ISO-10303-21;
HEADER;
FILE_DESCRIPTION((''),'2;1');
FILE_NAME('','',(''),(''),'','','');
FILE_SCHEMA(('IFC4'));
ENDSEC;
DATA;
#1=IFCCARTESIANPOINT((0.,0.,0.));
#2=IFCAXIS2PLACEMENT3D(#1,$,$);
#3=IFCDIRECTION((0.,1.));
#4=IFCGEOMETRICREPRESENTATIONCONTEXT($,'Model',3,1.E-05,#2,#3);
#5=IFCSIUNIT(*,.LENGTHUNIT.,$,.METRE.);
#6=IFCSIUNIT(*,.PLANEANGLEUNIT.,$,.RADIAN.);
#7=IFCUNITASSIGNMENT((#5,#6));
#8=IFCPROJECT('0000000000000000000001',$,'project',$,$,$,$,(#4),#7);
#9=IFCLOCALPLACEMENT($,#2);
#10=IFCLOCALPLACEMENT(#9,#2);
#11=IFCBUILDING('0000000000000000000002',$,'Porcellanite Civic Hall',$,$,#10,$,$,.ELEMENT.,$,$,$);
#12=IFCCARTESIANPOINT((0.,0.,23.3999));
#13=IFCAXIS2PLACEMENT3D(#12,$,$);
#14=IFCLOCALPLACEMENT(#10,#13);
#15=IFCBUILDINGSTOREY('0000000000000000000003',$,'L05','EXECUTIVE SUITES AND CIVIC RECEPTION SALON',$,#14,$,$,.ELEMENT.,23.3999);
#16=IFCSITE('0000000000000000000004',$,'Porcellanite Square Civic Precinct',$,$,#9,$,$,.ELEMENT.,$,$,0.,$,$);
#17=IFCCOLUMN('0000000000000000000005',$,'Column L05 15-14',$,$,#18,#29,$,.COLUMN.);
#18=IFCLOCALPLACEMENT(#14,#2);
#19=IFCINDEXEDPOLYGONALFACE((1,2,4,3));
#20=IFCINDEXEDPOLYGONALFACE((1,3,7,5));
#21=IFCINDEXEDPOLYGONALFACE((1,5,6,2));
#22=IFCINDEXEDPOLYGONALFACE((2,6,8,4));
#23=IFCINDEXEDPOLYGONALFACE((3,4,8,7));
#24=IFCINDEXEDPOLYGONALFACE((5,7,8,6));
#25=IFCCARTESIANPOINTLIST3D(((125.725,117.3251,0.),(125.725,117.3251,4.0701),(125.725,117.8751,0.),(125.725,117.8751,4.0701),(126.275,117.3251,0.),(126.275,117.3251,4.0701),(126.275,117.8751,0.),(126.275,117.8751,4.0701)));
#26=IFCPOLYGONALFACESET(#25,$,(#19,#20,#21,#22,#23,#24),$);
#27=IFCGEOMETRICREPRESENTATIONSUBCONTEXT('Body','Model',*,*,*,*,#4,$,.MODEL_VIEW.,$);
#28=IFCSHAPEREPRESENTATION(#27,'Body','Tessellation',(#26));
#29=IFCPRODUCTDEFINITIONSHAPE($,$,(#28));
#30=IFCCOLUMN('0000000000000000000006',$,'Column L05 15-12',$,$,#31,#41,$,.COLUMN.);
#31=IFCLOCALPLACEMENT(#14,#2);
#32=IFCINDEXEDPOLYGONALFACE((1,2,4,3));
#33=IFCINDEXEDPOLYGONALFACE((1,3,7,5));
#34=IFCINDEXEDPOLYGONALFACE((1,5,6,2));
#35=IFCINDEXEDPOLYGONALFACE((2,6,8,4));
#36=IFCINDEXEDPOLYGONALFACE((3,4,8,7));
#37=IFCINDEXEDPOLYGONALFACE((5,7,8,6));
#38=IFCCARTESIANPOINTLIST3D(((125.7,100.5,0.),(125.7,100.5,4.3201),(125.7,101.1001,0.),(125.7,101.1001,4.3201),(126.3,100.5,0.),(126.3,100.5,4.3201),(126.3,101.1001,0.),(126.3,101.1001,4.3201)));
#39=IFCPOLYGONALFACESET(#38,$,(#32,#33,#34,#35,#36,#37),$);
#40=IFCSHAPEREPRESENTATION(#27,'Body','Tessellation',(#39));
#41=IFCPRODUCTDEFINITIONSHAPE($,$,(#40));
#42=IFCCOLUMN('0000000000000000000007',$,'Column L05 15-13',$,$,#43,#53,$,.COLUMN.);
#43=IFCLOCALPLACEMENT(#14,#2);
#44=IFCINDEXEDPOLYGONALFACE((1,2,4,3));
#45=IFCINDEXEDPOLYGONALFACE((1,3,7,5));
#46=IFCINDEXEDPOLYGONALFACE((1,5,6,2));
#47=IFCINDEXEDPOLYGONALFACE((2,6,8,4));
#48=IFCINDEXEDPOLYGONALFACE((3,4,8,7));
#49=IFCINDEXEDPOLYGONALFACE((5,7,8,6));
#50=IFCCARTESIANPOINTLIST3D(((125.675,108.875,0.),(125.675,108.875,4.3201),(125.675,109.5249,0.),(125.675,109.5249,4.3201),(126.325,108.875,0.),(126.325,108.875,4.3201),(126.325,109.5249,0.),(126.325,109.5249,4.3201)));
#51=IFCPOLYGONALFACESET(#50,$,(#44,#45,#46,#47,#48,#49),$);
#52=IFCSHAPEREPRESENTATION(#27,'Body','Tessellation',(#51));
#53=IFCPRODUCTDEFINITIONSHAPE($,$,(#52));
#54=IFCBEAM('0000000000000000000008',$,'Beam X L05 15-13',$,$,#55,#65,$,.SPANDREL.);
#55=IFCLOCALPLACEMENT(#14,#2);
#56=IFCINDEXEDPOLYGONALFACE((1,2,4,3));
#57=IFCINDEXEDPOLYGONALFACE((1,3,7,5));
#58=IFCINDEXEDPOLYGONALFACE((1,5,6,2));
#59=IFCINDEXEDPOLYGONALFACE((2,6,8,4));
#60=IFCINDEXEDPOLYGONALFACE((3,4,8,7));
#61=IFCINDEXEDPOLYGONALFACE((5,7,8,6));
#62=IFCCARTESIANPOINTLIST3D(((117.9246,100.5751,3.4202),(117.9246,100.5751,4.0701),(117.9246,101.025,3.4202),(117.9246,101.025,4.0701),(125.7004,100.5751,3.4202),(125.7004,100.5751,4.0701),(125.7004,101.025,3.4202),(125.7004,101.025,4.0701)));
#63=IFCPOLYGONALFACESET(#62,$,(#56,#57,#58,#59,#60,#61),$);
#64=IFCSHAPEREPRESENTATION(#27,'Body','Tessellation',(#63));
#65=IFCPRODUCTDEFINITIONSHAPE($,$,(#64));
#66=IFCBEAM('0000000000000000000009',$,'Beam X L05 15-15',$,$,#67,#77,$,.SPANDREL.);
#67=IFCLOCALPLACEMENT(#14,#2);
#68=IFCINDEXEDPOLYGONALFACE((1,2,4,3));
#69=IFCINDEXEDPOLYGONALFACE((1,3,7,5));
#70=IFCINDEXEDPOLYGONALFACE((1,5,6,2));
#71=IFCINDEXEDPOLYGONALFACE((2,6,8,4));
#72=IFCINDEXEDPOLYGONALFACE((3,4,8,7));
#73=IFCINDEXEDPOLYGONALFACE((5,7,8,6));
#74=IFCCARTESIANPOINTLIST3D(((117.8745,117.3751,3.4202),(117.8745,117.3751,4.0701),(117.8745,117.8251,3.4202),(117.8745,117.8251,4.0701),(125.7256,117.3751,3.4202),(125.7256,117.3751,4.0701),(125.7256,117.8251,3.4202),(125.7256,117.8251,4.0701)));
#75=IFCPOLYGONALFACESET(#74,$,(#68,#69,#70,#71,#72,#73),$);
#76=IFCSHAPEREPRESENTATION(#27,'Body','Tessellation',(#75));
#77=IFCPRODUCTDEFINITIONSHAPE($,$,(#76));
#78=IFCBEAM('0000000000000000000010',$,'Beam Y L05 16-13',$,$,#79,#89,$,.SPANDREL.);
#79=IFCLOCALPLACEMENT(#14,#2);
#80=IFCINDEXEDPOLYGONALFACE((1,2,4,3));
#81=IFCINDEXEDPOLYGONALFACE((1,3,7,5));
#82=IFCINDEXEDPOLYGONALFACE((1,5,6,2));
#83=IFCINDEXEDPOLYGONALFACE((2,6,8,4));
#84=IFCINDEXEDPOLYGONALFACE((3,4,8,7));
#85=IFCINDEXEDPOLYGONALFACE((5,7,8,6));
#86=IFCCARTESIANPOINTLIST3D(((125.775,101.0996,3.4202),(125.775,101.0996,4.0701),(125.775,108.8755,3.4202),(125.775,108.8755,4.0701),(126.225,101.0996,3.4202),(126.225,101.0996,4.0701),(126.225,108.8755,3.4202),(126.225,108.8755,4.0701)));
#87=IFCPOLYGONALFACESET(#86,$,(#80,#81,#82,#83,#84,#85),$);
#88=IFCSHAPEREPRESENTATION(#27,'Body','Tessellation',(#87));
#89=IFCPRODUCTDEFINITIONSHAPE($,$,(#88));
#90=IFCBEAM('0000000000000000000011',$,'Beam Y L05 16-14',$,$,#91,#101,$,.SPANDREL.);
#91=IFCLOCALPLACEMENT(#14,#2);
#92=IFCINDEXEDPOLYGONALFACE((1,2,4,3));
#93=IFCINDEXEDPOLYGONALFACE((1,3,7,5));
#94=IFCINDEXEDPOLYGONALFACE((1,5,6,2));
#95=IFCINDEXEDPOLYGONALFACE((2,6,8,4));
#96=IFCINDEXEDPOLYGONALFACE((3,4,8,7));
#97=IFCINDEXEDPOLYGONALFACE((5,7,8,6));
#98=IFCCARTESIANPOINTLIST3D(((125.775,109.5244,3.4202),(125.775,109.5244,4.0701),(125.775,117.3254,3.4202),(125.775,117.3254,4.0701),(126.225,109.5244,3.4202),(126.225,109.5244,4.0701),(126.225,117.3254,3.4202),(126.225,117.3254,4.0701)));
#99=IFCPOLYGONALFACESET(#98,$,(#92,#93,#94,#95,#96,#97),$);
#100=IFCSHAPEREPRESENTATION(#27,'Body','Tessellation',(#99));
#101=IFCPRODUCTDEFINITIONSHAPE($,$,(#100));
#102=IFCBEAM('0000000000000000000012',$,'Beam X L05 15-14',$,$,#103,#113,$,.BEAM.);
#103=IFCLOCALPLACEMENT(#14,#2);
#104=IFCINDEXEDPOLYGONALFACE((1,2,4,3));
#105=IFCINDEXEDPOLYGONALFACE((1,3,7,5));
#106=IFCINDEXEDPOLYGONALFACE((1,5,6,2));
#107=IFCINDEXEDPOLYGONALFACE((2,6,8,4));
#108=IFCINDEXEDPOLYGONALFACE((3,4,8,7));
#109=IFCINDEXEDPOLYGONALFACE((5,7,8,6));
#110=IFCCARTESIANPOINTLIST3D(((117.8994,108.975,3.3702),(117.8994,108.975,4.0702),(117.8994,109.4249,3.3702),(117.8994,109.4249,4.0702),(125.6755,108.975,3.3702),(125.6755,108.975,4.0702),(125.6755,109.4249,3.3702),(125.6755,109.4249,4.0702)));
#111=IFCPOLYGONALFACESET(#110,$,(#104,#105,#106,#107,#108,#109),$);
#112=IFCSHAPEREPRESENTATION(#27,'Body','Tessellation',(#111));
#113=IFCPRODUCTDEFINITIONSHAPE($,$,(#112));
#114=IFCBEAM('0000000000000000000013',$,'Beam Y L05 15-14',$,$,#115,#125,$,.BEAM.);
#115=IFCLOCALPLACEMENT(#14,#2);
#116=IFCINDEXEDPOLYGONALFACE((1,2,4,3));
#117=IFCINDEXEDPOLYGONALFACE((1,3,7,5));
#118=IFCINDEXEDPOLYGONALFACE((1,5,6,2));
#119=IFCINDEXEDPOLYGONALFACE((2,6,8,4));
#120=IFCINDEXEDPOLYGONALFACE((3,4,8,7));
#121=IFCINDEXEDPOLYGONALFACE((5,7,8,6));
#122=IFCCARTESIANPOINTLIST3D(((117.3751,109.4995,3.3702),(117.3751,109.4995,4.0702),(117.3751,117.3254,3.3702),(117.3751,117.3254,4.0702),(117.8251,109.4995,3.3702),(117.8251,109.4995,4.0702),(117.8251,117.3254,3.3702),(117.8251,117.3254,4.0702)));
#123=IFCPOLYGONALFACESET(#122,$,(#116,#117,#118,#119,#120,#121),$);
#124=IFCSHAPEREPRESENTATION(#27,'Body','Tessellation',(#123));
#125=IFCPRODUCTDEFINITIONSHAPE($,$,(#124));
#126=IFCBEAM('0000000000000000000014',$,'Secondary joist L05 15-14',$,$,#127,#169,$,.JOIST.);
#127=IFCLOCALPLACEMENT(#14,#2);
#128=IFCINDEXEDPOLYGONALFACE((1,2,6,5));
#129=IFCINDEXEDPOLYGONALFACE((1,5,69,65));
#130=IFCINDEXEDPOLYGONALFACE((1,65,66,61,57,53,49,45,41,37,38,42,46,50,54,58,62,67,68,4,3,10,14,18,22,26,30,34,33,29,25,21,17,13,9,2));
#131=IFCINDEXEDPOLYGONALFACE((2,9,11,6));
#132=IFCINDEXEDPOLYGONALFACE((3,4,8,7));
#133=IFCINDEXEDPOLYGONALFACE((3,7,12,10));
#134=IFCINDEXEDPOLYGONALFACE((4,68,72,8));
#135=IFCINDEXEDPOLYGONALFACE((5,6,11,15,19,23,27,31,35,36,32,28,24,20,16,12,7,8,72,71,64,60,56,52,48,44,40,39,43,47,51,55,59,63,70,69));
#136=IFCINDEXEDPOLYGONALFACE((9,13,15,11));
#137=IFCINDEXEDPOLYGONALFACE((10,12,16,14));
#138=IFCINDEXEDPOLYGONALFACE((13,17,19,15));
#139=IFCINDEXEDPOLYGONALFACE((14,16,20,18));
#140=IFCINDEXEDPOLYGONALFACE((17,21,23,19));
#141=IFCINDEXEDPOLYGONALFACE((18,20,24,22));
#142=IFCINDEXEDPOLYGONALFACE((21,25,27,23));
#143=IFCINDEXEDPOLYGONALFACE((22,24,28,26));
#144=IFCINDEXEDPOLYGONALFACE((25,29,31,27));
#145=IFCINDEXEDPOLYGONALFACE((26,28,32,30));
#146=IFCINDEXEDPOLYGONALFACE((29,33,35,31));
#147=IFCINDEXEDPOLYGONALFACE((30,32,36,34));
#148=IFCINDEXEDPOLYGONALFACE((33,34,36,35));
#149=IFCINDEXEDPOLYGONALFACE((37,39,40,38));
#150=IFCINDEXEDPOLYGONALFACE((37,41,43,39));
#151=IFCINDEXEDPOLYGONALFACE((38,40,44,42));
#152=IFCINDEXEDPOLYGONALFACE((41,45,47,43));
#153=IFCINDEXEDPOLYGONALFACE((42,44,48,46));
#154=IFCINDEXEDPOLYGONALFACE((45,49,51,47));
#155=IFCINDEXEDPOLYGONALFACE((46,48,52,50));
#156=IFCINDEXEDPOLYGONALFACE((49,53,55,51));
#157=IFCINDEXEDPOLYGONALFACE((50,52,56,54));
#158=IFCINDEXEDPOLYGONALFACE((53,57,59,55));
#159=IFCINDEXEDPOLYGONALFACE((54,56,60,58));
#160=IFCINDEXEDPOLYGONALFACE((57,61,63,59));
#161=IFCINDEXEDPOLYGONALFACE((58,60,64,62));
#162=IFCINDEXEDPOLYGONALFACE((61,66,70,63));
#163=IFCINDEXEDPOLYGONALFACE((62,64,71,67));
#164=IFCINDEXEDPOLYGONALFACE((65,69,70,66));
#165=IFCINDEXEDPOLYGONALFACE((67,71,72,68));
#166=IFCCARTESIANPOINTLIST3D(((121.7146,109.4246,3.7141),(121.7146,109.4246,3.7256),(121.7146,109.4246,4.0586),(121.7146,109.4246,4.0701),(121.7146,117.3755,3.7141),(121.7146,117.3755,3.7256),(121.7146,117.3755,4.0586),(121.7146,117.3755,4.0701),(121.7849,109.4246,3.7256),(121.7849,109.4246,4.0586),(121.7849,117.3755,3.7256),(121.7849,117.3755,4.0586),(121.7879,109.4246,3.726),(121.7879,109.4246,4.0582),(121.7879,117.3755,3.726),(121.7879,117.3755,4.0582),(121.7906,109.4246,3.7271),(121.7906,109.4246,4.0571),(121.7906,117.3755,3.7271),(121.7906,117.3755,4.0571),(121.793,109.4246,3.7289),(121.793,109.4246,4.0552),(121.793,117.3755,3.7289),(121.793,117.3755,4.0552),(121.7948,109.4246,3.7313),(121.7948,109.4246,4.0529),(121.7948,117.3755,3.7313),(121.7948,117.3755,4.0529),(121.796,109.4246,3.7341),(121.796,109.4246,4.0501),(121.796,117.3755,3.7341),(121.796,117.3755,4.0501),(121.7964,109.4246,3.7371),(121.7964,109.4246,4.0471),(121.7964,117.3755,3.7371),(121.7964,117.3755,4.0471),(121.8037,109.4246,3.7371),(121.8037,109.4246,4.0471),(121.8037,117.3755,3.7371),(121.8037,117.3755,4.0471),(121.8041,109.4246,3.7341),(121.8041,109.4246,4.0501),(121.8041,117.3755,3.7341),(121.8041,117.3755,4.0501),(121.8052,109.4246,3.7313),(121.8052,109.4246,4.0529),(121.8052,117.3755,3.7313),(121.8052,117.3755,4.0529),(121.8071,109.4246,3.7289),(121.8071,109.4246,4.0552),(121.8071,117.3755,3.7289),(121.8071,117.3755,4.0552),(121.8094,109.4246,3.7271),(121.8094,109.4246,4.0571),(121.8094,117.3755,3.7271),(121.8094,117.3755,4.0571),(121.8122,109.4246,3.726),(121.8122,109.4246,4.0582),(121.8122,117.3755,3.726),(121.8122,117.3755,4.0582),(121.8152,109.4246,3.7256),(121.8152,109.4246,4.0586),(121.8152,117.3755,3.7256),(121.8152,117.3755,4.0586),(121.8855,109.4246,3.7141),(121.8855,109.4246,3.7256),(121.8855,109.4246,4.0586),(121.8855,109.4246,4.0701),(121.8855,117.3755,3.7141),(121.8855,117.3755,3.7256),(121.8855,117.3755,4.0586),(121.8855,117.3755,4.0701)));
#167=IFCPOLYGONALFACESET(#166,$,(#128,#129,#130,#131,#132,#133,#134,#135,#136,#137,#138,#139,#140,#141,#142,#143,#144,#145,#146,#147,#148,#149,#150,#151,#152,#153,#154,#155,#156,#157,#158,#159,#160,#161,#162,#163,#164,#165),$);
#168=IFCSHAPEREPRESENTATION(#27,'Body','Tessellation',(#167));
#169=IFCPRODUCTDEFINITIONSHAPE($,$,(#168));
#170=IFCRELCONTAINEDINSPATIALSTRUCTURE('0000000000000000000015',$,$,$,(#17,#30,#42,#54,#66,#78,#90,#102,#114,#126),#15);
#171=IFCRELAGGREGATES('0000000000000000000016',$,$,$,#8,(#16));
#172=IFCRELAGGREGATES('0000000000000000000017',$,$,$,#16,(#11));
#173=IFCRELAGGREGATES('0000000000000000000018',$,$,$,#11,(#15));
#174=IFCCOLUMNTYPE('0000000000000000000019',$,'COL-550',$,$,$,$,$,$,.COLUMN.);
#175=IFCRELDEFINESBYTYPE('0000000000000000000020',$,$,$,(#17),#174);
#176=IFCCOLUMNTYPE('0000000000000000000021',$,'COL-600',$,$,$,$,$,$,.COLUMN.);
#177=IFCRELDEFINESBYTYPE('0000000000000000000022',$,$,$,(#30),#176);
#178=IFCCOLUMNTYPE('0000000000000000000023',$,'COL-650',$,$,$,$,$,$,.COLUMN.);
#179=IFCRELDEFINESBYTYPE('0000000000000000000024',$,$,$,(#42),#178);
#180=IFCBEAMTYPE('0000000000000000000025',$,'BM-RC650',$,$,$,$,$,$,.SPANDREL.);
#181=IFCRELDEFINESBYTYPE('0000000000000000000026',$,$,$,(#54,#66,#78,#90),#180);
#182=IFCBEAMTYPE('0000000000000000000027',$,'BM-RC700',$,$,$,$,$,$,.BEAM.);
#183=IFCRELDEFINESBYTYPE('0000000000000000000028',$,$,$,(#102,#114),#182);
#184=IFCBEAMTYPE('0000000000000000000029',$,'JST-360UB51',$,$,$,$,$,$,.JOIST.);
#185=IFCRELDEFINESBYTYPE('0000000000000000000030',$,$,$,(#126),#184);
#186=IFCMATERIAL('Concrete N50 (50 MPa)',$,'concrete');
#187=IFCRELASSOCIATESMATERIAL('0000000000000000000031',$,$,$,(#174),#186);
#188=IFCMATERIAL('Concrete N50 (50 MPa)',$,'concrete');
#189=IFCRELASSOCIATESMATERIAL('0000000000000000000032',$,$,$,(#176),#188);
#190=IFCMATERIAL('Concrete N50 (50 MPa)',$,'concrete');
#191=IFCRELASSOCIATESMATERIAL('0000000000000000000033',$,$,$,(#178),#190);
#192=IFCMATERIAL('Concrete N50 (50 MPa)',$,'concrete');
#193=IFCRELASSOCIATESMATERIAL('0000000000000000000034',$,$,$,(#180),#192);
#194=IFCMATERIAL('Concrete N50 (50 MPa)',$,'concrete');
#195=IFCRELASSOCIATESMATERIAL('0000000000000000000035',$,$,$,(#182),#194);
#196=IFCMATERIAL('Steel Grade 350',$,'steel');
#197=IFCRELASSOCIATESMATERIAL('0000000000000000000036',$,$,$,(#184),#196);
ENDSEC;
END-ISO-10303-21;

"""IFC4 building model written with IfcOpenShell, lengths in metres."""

from ifc_helpers import new_model, si_unit, direction, frame, origin, origin_2d, place, context, subcontext, project, spatial, rectangle, i_section, extrude, material, material_profile, profile_set, type_object, element, save


model = new_model("IFC4")

# Units and contexts
model_context = context("Model", 3, precision=1e-05, world=origin(), true_north=direction((0.0, 1.0)))
body_context = subcontext(model_context, "Body", "Model", "MODEL_VIEW")
ifc_project = project(units=[si_unit("LENGTHUNIT", "METRE"), si_unit("PLANEANGLEUNIT", "RADIAN")], contexts=[model_context])

# Site, building, storey
site_placement = place(None, origin())
site = spatial("IfcSite", under=ifc_project, at=site_placement, Name="Porcellanite Square Civic Precinct", CompositionType="ELEMENT", RefElevation=0.0)
building_placement = place(site_placement, origin())
building = spatial("IfcBuilding", under=site, at=building_placement, Name="Porcellanite Civic Hall", CompositionType="ELEMENT")
storey_placement = place(building_placement, frame((0.0, 0.0, 23.3999)))
storey = spatial("IfcBuildingStorey", under=building, at=storey_placement, Name="L05", Description="EXECUTIVE SUITES AND CIVIC RECEPTION SALON", CompositionType="ELEMENT", Elevation=23.3999)

# Columns
ifc_material_1 = material(Name="Concrete N50 (50 MPa)", Category="concrete")
ifc_material_profile_1 = material_profile(ifc_material_1, rectangle(XDim=0.55, YDim=0.55, at=origin_2d()), Name="RC-550x550")
ifc_profile_set_1 = profile_set([ifc_material_profile_1], Name="Concrete N50 (50 MPa)")
column_type_1 = type_object("IfcColumnType", Name="COL-550", PredefinedType="COLUMN", material=ifc_profile_set_1)
column_1_placement = place(storey_placement, frame((126.0, 117.6001, 0.0), z_axis=(0.0, 0.0, 1.0), x_axis=(1.0, 0.0, 0.0)))
element("IfcColumn", 1, at=column_1_placement, inside=storey, type_object=column_type_1, Name="Column L05 15-14", PredefinedType="COLUMN", context=body_context, shape_type="SweptSolid", body=[
    extrude(rectangle(XDim=0.55, YDim=0.55, at=origin_2d()), origin(), (0.0, 0.0, 1.0), 4.0701),
])
ifc_material_2 = material(Name="Concrete N50 (50 MPa)", Category="concrete")
ifc_material_profile_2 = material_profile(ifc_material_2, rectangle(XDim=0.6001, YDim=0.6001, at=origin_2d()), Name="RC-600x600")
ifc_profile_set_2 = profile_set([ifc_material_profile_2], Name="Concrete N50 (50 MPa)")
column_type_2 = type_object("IfcColumnType", Name="COL-600", PredefinedType="COLUMN", material=ifc_profile_set_2)
column_2_placement = place(storey_placement, frame((126.0, 100.8, 0.0), z_axis=(0.0, 0.0, 1.0), x_axis=(1.0, 0.0, 0.0)))
element("IfcColumn", 2, at=column_2_placement, inside=storey, type_object=column_type_2, Name="Column L05 15-12", PredefinedType="COLUMN", context=body_context, shape_type="SweptSolid", body=[
    extrude(rectangle(XDim=0.6001, YDim=0.6001, at=origin_2d()), origin(), (0.0, 0.0, 1.0), 4.3201),
])
ifc_material_3 = material(Name="Concrete N50 (50 MPa)", Category="concrete")
ifc_material_profile_3 = material_profile(ifc_material_3, rectangle(XDim=0.6499, YDim=0.6499, at=origin_2d()), Name="RC-650x650")
ifc_profile_set_3 = profile_set([ifc_material_profile_3], Name="Concrete N50 (50 MPa)")
column_type_3 = type_object("IfcColumnType", Name="COL-650", PredefinedType="COLUMN", material=ifc_profile_set_3)
column_3_placement = place(storey_placement, frame((126.0, 109.2, 0.0), z_axis=(0.0, 0.0, 1.0), x_axis=(1.0, 0.0, 0.0)))
element("IfcColumn", 3, at=column_3_placement, inside=storey, type_object=column_type_3, Name="Column L05 15-13", PredefinedType="COLUMN", context=body_context, shape_type="SweptSolid", body=[
    extrude(rectangle(XDim=0.6499, YDim=0.6499, at=origin_2d()), origin(), (0.0, 0.0, 1.0), 4.3201),
])

# Beams
ifc_material_4 = material(Name="Concrete N50 (50 MPa)", Category="concrete")
ifc_material_profile_4 = material_profile(ifc_material_4, rectangle(XDim=0.45, YDim=0.6499, at=origin_2d()), Name="RC-450x650")
ifc_profile_set_4 = profile_set([ifc_material_profile_4], Name="Concrete N50 (50 MPa)")
beam_type_1 = type_object("IfcBeamType", Name="BM-RC650", PredefinedType="SPANDREL", material=ifc_profile_set_4)
beam_1_placement = place(storey_placement, frame((117.9246, 100.8, 3.7451), z_axis=(1.0, 0.0, 0.0), x_axis=(0.0, 1.0, 0.0)))
element("IfcBeam", 4, at=beam_1_placement, inside=storey, type_object=beam_type_1, Name="Beam X L05 15-13", PredefinedType="SPANDREL", context=body_context, shape_type="SweptSolid", body=[
    extrude(rectangle(XDim=0.45, YDim=0.6499, at=origin_2d()), origin(), (0.0, 0.0, 1.0), 7.7759),
])
beam_2_placement = place(storey_placement, frame((117.8745, 117.6001, 3.7451), z_axis=(1.0, 0.0, 0.0), x_axis=(0.0, 1.0, 0.0)))
element("IfcBeam", 5, at=beam_2_placement, inside=storey, type_object=beam_type_1, Name="Beam X L05 15-15", PredefinedType="SPANDREL", context=body_context, shape_type="SweptSolid", body=[
    extrude(rectangle(XDim=0.45, YDim=0.6499, at=origin_2d()), origin(), (0.0, 0.0, 1.0), 7.8511),
])
beam_3_placement = place(storey_placement, frame((126.0, 101.0996, 3.7451), z_axis=(0.0, 1.0, 0.0), x_axis=(-1.0, 0.0, 0.0)))
element("IfcBeam", 6, at=beam_3_placement, inside=storey, type_object=beam_type_1, Name="Beam Y L05 16-13", PredefinedType="SPANDREL", context=body_context, shape_type="SweptSolid", body=[
    extrude(rectangle(XDim=0.45, YDim=0.6499, at=origin_2d()), origin(), (0.0, 0.0, 1.0), 7.7759),
])
beam_4_placement = place(storey_placement, frame((126.0, 109.5244, 3.7451), z_axis=(0.0, 1.0, 0.0), x_axis=(-1.0, 0.0, 0.0)))
element("IfcBeam", 7, at=beam_4_placement, inside=storey, type_object=beam_type_1, Name="Beam Y L05 16-14", PredefinedType="SPANDREL", context=body_context, shape_type="SweptSolid", body=[
    extrude(rectangle(XDim=0.45, YDim=0.6499, at=origin_2d()), origin(), (0.0, 0.0, 1.0), 7.801),
])
ifc_material_5 = material(Name="Concrete N50 (50 MPa)", Category="concrete")
ifc_material_profile_5 = material_profile(ifc_material_5, rectangle(XDim=0.45, YDim=0.7, at=origin_2d()), Name="RC-450x700")
ifc_profile_set_5 = profile_set([ifc_material_profile_5], Name="Concrete N50 (50 MPa)")
beam_type_2 = type_object("IfcBeamType", Name="BM-RC700", PredefinedType="BEAM", material=ifc_profile_set_5)
beam_5_placement = place(storey_placement, frame((117.8994, 109.2, 3.7202), z_axis=(1.0, 0.0, 0.0), x_axis=(0.0, 1.0, 0.0)))
element("IfcBeam", 8, at=beam_5_placement, inside=storey, type_object=beam_type_2, Name="Beam X L05 15-14", PredefinedType="BEAM", context=body_context, shape_type="SweptSolid", body=[
    extrude(rectangle(XDim=0.45, YDim=0.7, at=origin_2d()), origin(), (0.0, 0.0, 1.0), 7.7761),
])
beam_6_placement = place(storey_placement, frame((117.6001, 109.4995, 3.7202), z_axis=(0.0, 1.0, 0.0), x_axis=(-1.0, 0.0, 0.0)))
element("IfcBeam", 9, at=beam_6_placement, inside=storey, type_object=beam_type_2, Name="Beam Y L05 15-14", PredefinedType="BEAM", context=body_context, shape_type="SweptSolid", body=[
    extrude(rectangle(XDim=0.45, YDim=0.7, at=origin_2d()), origin(), (0.0, 0.0, 1.0), 7.8259),
])
ifc_material_6 = material(Name="Steel Grade 350", Category="steel")
ifc_material_profile_6 = material_profile(ifc_material_6, i_section(OverallWidth=0.1709, OverallDepth=0.356, WebThickness=0.0073, FlangeThickness=0.0115, FilletRadius=0.0115, at=origin_2d()), Name="360UB50.7")
ifc_profile_set_6 = profile_set([ifc_material_profile_6], Name="Steel Grade 350")
beam_type_3 = type_object("IfcBeamType", Name="JST-360UB51", PredefinedType="JOIST", material=ifc_profile_set_6)
beam_7_placement = place(storey_placement, frame((121.8, 109.4246, 3.8921), z_axis=(0.0, 1.0, 0.0), x_axis=(-1.0, 0.0, 0.0)))
element("IfcBeam", 10, at=beam_7_placement, inside=storey, type_object=beam_type_3, Name="Secondary joist L05 15-14", PredefinedType="JOIST", context=body_context, shape_type="SweptSolid", body=[
    extrude(i_section(OverallWidth=0.1709, OverallDepth=0.356, WebThickness=0.0073, FlangeThickness=0.0115, FilletRadius=0.0115, at=origin_2d()), origin(), (0.0, 0.0, 1.0), 7.9509),
])

save(model, "model.ifc")
